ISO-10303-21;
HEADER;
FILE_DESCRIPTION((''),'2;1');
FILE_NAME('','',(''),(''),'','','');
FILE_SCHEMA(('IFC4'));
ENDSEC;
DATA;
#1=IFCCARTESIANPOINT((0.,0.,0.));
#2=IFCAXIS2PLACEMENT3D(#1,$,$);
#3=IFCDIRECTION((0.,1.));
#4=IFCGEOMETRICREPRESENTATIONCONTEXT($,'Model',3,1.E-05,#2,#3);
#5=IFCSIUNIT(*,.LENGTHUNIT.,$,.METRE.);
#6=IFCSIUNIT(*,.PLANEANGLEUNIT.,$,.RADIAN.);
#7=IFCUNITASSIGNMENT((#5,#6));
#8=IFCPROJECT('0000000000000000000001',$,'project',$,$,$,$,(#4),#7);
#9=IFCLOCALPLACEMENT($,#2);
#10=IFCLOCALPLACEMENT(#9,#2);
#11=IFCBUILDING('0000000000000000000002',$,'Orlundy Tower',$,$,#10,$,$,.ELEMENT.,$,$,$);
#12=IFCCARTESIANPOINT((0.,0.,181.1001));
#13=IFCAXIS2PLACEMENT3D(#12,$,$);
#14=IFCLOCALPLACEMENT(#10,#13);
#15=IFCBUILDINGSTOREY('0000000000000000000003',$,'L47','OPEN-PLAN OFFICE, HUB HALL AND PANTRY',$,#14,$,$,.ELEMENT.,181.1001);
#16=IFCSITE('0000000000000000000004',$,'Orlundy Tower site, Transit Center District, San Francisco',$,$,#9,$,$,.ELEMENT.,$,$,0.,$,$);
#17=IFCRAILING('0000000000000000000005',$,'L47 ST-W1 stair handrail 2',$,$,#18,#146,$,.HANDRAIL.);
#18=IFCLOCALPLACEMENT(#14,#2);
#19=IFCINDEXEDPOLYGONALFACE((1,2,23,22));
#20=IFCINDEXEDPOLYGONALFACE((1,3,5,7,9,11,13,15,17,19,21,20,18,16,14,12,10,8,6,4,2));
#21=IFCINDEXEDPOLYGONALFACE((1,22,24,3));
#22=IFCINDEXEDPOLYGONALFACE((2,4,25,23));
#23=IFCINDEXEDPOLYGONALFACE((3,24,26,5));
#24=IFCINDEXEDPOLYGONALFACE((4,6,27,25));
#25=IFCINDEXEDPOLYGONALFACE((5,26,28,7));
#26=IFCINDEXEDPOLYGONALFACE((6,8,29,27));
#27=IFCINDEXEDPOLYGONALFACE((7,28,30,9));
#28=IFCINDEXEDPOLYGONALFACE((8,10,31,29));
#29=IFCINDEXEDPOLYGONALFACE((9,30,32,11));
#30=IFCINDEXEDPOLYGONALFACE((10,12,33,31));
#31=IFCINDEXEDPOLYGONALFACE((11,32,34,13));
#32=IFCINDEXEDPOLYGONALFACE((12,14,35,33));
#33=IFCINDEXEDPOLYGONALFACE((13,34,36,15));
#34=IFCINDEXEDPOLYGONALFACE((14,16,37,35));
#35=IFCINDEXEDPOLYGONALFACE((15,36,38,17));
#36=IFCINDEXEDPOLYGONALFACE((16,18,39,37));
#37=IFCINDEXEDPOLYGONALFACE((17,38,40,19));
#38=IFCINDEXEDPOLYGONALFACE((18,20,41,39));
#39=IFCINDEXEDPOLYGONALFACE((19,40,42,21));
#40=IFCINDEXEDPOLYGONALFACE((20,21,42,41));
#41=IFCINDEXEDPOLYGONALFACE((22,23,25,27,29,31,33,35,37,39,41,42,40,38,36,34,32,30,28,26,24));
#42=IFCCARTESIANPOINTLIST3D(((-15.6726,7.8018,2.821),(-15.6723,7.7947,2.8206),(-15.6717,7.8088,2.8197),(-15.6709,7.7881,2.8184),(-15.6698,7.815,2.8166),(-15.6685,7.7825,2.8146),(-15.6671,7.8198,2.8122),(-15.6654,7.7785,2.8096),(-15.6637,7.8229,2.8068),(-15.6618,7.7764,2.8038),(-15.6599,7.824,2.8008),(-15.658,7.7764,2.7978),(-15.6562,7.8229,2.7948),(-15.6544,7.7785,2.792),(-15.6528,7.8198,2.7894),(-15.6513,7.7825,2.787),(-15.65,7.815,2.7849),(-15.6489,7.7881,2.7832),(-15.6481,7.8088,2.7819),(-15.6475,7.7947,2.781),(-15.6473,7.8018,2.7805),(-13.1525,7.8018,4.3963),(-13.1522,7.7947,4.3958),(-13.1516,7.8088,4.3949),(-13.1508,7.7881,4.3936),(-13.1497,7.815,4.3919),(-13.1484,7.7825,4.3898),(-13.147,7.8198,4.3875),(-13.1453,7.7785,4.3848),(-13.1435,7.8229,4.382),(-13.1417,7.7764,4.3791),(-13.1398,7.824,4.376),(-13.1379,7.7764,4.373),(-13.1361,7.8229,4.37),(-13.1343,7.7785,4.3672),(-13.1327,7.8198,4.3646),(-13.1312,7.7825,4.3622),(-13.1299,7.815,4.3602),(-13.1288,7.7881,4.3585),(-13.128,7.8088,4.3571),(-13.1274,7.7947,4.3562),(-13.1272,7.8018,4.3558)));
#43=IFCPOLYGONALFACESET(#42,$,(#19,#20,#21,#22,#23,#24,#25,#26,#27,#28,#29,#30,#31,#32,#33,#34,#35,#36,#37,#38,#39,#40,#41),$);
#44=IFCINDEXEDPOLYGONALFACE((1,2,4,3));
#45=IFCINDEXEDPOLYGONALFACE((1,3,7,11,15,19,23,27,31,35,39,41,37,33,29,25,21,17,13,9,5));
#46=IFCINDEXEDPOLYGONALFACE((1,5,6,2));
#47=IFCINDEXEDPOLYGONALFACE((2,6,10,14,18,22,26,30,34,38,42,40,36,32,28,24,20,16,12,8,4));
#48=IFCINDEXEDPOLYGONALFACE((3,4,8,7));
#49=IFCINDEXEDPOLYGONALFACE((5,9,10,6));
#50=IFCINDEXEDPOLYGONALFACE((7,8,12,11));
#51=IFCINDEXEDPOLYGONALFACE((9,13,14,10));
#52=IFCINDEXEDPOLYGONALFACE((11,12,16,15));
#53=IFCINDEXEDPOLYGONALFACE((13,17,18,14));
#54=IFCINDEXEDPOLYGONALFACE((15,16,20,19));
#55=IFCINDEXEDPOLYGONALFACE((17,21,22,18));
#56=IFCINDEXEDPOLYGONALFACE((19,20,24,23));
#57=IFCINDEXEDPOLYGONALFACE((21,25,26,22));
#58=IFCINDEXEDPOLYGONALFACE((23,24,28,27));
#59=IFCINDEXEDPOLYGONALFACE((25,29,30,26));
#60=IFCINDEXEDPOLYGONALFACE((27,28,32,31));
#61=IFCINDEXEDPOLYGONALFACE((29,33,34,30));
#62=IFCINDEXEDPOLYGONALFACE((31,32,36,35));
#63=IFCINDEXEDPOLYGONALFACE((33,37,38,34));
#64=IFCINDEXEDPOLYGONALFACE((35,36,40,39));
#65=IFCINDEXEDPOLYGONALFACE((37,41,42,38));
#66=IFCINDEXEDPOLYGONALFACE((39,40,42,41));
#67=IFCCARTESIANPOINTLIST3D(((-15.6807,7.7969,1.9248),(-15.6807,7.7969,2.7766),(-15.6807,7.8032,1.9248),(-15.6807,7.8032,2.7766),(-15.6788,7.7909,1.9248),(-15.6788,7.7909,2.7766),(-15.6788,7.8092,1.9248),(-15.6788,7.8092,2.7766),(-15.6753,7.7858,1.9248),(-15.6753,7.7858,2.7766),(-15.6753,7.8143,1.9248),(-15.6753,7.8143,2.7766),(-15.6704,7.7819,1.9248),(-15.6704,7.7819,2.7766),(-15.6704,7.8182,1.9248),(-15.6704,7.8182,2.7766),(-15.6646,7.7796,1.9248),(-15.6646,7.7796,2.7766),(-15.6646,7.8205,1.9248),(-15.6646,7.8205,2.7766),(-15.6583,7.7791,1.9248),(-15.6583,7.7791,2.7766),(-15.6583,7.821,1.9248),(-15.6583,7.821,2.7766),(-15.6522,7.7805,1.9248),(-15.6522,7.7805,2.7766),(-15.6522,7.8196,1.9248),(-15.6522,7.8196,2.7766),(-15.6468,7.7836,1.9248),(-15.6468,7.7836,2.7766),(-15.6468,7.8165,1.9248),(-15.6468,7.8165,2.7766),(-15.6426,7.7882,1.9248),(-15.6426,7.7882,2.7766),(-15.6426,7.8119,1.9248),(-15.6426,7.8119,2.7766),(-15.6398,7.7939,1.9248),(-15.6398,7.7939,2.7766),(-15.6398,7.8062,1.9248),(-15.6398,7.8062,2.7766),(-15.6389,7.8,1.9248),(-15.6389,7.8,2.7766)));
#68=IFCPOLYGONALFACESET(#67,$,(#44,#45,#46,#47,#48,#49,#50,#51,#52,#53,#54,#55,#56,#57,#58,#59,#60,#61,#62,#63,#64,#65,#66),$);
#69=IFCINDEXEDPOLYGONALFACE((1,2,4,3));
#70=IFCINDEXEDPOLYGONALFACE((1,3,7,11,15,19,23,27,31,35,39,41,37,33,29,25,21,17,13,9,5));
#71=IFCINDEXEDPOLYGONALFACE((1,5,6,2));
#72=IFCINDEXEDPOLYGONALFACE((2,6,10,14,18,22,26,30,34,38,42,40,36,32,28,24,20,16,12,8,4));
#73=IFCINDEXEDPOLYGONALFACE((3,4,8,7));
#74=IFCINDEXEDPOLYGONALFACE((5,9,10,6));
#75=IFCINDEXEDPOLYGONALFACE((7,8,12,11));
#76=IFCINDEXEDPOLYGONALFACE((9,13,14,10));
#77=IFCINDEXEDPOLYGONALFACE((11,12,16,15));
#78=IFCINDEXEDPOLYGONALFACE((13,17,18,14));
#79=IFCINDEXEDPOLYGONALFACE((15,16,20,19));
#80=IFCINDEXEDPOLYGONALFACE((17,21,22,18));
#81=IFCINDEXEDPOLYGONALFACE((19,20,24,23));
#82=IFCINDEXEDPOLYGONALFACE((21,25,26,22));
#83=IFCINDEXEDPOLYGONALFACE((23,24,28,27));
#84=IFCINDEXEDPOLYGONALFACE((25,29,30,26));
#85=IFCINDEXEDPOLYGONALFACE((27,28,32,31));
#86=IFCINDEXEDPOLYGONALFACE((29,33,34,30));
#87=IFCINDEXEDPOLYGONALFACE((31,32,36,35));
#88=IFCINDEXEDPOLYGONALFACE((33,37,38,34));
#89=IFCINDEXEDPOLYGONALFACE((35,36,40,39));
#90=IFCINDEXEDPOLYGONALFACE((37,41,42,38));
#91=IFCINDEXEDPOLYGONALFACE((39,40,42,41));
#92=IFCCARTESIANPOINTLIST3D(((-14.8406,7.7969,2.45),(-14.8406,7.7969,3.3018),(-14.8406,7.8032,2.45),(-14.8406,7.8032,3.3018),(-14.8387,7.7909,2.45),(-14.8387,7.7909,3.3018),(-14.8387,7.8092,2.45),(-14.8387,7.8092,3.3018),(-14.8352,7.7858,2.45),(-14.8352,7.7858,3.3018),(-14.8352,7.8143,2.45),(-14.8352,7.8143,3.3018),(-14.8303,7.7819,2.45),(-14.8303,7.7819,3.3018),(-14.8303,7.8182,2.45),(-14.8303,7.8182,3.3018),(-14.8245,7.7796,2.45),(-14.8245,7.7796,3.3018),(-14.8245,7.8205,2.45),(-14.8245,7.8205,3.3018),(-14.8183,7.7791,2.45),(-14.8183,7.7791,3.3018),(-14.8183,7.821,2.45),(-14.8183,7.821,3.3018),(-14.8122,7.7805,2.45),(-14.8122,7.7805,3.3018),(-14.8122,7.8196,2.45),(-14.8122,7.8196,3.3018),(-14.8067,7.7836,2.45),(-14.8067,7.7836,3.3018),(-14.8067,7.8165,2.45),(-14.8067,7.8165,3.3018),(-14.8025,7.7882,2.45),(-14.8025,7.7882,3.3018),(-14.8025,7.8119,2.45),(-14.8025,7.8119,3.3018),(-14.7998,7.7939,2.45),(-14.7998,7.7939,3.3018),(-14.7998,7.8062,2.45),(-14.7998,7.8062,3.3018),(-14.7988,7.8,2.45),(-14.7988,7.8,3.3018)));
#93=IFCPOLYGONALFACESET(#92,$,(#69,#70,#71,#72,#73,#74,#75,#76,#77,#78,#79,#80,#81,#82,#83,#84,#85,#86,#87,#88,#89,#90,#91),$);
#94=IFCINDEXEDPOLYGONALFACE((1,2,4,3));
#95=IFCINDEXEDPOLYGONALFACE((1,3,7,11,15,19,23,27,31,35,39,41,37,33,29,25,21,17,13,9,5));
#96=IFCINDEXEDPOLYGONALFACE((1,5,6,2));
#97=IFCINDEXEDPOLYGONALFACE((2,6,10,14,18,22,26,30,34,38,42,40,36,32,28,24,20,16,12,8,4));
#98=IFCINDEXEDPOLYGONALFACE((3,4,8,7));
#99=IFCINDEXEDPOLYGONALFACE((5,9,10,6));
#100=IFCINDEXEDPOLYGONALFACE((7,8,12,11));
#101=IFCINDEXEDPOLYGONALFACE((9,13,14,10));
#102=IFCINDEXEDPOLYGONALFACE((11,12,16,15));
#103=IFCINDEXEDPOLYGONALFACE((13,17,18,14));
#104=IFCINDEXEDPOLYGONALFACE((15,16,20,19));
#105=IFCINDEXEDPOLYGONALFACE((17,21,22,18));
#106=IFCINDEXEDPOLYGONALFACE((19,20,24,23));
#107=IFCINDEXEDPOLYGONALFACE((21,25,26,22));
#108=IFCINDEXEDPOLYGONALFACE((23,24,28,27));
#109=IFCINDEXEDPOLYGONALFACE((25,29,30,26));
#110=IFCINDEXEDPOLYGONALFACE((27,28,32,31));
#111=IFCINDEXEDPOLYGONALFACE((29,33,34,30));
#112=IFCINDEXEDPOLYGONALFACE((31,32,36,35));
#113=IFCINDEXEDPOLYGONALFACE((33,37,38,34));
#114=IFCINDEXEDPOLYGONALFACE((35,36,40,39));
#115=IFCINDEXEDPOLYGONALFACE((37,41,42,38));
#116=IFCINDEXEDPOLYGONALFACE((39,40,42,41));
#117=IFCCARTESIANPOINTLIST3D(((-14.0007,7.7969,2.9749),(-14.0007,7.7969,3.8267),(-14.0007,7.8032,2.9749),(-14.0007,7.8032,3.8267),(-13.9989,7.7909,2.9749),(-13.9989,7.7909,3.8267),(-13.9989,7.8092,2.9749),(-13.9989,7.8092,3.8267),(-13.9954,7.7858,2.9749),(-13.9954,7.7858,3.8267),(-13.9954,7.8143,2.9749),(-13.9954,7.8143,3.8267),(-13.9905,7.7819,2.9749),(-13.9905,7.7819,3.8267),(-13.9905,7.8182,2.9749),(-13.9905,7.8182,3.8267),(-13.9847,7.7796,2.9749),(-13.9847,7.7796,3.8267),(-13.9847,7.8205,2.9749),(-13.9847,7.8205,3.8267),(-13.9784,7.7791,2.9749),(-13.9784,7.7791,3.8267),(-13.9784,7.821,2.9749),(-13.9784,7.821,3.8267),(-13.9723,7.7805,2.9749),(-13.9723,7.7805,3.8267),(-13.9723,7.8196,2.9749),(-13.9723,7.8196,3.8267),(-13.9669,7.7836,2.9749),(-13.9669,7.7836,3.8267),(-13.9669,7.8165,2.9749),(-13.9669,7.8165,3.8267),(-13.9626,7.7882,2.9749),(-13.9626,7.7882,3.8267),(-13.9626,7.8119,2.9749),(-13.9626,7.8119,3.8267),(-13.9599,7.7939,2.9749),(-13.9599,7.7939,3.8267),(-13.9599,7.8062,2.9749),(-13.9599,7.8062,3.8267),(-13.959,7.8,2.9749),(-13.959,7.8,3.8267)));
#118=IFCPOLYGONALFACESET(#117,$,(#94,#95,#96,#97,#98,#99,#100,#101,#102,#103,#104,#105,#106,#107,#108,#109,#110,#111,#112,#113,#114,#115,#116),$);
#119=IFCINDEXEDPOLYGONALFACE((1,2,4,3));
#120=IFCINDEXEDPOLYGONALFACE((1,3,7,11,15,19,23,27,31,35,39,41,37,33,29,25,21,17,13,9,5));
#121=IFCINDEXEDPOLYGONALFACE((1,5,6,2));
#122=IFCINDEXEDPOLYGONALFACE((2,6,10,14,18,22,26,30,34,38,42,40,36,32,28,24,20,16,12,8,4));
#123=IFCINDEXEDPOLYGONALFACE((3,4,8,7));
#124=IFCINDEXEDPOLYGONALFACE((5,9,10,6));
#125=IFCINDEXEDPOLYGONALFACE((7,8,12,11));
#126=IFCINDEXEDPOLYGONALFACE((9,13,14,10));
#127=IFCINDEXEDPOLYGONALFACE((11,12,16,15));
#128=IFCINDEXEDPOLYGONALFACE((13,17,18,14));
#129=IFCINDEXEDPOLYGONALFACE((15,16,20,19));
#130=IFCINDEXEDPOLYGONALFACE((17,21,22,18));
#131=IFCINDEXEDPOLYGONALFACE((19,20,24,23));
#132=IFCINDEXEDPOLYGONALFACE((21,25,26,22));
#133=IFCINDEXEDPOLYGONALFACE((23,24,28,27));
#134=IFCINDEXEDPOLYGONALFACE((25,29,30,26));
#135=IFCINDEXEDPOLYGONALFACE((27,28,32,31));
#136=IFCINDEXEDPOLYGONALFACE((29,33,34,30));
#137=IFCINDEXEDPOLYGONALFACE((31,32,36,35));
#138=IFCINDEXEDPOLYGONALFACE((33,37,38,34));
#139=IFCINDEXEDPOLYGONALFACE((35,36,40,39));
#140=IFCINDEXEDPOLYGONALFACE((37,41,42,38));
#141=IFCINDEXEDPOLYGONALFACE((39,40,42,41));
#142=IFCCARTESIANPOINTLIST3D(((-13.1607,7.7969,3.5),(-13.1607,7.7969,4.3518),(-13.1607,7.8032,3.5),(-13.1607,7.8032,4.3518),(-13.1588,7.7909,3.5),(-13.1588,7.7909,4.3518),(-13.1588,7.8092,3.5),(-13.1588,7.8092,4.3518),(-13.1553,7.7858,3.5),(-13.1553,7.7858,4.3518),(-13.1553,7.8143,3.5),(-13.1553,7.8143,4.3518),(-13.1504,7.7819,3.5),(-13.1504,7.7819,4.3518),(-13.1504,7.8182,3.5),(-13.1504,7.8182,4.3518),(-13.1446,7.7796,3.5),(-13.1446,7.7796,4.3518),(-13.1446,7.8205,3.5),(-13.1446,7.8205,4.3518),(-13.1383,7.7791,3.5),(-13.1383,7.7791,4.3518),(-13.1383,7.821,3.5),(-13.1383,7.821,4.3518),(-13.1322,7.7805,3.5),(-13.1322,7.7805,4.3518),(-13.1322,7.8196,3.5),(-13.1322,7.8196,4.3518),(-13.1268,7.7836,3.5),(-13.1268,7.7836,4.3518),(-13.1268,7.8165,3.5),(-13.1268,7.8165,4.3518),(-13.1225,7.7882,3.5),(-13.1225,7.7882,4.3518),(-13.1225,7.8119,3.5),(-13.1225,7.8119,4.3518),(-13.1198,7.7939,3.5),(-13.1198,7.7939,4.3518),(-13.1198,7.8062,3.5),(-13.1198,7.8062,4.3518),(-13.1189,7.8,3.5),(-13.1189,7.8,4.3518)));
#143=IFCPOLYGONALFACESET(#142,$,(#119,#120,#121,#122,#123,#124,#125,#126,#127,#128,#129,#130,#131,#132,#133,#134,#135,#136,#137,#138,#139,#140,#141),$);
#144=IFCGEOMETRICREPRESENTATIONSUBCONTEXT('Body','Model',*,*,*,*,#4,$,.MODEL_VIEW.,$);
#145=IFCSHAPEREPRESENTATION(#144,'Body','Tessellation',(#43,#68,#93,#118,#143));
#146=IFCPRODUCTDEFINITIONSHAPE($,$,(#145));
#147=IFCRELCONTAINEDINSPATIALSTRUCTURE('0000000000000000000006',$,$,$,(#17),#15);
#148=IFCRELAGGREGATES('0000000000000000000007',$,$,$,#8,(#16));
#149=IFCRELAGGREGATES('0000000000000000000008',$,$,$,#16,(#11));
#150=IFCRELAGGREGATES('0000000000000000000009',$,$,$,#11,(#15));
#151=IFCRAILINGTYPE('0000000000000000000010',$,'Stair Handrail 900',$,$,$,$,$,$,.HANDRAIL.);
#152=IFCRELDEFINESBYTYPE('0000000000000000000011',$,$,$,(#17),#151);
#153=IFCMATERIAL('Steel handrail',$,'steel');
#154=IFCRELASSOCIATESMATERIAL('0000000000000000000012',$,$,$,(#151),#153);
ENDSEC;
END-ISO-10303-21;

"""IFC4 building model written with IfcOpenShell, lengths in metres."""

from ifc_helpers import new_model, si_unit, direction, frame, origin, origin_2d, place, context, subcontext, project, spatial, circle, extrude, material, type_object, element, save


model = new_model("IFC4")

# Units and contexts
model_context = context("Model", 3, precision=1e-05, world=origin(), true_north=direction((0.0, 1.0)))
body_context = subcontext(model_context, "Body", "Model", "MODEL_VIEW")
ifc_project = project(units=[si_unit("LENGTHUNIT", "METRE"), si_unit("PLANEANGLEUNIT", "RADIAN")], contexts=[model_context])

# Site, building, storey
site_placement = place(None, origin())
site = spatial("IfcSite", under=ifc_project, at=site_placement, Name="Orlundy Tower site, Transit Center District, San Francisco", CompositionType="ELEMENT", RefElevation=0.0)
building_placement = place(site_placement, origin())
building = spatial("IfcBuilding", under=site, at=building_placement, Name="Orlundy Tower", CompositionType="ELEMENT")
storey_placement = place(building_placement, frame((0.0, 0.0, 181.1001)))
storey = spatial("IfcBuildingStorey", under=building, at=storey_placement, Name="L47", Description="OPEN-PLAN OFFICE, HUB HALL AND PANTRY", CompositionType="ELEMENT", Elevation=181.1001)

# Railing
ifc_material_1 = material(Name="Steel handrail", Category="steel")
railing_type = type_object("IfcRailingType", Name="Stair Handrail 900", PredefinedType="HANDRAIL", material=ifc_material_1)
railing_placement = place(storey_placement, frame((-15.6599, 7.8, 1.9248)))
element("IfcRailing", 1, at=railing_placement, inside=storey, type_object=railing_type, Name="L47 ST-W1 stair handrail 2", PredefinedType="HANDRAIL", context=body_context, shape_type="SweptSolid", body=[
    extrude(circle(Radius=0.0239, at=origin_2d()), frame((0.0, 0.0, 0.876), z_axis=(0.847971, 0.0, 0.530043), x_axis=(0.0, 1.0, 0.0)), (0.0, 0.0, 1.0), 2.9719),
    extrude(circle(Radius=0.021, at=origin_2d()), origin(), (0.0, 0.0, 1.0), 0.8518),
    extrude(circle(Radius=0.021, at=origin_2d()), frame((0.8401, 0.0, 0.5251)), (0.0, 0.0, 1.0), 0.8518),
    extrude(circle(Radius=0.021, at=origin_2d()), frame((1.6799, 0.0, 1.05)), (0.0, 0.0, 1.0), 0.8518),
    extrude(circle(Radius=0.021, at=origin_2d()), frame((2.52, 0.0, 1.5752)), (0.0, 0.0, 1.0), 0.8518),
])

save(model, "model.ifc")
